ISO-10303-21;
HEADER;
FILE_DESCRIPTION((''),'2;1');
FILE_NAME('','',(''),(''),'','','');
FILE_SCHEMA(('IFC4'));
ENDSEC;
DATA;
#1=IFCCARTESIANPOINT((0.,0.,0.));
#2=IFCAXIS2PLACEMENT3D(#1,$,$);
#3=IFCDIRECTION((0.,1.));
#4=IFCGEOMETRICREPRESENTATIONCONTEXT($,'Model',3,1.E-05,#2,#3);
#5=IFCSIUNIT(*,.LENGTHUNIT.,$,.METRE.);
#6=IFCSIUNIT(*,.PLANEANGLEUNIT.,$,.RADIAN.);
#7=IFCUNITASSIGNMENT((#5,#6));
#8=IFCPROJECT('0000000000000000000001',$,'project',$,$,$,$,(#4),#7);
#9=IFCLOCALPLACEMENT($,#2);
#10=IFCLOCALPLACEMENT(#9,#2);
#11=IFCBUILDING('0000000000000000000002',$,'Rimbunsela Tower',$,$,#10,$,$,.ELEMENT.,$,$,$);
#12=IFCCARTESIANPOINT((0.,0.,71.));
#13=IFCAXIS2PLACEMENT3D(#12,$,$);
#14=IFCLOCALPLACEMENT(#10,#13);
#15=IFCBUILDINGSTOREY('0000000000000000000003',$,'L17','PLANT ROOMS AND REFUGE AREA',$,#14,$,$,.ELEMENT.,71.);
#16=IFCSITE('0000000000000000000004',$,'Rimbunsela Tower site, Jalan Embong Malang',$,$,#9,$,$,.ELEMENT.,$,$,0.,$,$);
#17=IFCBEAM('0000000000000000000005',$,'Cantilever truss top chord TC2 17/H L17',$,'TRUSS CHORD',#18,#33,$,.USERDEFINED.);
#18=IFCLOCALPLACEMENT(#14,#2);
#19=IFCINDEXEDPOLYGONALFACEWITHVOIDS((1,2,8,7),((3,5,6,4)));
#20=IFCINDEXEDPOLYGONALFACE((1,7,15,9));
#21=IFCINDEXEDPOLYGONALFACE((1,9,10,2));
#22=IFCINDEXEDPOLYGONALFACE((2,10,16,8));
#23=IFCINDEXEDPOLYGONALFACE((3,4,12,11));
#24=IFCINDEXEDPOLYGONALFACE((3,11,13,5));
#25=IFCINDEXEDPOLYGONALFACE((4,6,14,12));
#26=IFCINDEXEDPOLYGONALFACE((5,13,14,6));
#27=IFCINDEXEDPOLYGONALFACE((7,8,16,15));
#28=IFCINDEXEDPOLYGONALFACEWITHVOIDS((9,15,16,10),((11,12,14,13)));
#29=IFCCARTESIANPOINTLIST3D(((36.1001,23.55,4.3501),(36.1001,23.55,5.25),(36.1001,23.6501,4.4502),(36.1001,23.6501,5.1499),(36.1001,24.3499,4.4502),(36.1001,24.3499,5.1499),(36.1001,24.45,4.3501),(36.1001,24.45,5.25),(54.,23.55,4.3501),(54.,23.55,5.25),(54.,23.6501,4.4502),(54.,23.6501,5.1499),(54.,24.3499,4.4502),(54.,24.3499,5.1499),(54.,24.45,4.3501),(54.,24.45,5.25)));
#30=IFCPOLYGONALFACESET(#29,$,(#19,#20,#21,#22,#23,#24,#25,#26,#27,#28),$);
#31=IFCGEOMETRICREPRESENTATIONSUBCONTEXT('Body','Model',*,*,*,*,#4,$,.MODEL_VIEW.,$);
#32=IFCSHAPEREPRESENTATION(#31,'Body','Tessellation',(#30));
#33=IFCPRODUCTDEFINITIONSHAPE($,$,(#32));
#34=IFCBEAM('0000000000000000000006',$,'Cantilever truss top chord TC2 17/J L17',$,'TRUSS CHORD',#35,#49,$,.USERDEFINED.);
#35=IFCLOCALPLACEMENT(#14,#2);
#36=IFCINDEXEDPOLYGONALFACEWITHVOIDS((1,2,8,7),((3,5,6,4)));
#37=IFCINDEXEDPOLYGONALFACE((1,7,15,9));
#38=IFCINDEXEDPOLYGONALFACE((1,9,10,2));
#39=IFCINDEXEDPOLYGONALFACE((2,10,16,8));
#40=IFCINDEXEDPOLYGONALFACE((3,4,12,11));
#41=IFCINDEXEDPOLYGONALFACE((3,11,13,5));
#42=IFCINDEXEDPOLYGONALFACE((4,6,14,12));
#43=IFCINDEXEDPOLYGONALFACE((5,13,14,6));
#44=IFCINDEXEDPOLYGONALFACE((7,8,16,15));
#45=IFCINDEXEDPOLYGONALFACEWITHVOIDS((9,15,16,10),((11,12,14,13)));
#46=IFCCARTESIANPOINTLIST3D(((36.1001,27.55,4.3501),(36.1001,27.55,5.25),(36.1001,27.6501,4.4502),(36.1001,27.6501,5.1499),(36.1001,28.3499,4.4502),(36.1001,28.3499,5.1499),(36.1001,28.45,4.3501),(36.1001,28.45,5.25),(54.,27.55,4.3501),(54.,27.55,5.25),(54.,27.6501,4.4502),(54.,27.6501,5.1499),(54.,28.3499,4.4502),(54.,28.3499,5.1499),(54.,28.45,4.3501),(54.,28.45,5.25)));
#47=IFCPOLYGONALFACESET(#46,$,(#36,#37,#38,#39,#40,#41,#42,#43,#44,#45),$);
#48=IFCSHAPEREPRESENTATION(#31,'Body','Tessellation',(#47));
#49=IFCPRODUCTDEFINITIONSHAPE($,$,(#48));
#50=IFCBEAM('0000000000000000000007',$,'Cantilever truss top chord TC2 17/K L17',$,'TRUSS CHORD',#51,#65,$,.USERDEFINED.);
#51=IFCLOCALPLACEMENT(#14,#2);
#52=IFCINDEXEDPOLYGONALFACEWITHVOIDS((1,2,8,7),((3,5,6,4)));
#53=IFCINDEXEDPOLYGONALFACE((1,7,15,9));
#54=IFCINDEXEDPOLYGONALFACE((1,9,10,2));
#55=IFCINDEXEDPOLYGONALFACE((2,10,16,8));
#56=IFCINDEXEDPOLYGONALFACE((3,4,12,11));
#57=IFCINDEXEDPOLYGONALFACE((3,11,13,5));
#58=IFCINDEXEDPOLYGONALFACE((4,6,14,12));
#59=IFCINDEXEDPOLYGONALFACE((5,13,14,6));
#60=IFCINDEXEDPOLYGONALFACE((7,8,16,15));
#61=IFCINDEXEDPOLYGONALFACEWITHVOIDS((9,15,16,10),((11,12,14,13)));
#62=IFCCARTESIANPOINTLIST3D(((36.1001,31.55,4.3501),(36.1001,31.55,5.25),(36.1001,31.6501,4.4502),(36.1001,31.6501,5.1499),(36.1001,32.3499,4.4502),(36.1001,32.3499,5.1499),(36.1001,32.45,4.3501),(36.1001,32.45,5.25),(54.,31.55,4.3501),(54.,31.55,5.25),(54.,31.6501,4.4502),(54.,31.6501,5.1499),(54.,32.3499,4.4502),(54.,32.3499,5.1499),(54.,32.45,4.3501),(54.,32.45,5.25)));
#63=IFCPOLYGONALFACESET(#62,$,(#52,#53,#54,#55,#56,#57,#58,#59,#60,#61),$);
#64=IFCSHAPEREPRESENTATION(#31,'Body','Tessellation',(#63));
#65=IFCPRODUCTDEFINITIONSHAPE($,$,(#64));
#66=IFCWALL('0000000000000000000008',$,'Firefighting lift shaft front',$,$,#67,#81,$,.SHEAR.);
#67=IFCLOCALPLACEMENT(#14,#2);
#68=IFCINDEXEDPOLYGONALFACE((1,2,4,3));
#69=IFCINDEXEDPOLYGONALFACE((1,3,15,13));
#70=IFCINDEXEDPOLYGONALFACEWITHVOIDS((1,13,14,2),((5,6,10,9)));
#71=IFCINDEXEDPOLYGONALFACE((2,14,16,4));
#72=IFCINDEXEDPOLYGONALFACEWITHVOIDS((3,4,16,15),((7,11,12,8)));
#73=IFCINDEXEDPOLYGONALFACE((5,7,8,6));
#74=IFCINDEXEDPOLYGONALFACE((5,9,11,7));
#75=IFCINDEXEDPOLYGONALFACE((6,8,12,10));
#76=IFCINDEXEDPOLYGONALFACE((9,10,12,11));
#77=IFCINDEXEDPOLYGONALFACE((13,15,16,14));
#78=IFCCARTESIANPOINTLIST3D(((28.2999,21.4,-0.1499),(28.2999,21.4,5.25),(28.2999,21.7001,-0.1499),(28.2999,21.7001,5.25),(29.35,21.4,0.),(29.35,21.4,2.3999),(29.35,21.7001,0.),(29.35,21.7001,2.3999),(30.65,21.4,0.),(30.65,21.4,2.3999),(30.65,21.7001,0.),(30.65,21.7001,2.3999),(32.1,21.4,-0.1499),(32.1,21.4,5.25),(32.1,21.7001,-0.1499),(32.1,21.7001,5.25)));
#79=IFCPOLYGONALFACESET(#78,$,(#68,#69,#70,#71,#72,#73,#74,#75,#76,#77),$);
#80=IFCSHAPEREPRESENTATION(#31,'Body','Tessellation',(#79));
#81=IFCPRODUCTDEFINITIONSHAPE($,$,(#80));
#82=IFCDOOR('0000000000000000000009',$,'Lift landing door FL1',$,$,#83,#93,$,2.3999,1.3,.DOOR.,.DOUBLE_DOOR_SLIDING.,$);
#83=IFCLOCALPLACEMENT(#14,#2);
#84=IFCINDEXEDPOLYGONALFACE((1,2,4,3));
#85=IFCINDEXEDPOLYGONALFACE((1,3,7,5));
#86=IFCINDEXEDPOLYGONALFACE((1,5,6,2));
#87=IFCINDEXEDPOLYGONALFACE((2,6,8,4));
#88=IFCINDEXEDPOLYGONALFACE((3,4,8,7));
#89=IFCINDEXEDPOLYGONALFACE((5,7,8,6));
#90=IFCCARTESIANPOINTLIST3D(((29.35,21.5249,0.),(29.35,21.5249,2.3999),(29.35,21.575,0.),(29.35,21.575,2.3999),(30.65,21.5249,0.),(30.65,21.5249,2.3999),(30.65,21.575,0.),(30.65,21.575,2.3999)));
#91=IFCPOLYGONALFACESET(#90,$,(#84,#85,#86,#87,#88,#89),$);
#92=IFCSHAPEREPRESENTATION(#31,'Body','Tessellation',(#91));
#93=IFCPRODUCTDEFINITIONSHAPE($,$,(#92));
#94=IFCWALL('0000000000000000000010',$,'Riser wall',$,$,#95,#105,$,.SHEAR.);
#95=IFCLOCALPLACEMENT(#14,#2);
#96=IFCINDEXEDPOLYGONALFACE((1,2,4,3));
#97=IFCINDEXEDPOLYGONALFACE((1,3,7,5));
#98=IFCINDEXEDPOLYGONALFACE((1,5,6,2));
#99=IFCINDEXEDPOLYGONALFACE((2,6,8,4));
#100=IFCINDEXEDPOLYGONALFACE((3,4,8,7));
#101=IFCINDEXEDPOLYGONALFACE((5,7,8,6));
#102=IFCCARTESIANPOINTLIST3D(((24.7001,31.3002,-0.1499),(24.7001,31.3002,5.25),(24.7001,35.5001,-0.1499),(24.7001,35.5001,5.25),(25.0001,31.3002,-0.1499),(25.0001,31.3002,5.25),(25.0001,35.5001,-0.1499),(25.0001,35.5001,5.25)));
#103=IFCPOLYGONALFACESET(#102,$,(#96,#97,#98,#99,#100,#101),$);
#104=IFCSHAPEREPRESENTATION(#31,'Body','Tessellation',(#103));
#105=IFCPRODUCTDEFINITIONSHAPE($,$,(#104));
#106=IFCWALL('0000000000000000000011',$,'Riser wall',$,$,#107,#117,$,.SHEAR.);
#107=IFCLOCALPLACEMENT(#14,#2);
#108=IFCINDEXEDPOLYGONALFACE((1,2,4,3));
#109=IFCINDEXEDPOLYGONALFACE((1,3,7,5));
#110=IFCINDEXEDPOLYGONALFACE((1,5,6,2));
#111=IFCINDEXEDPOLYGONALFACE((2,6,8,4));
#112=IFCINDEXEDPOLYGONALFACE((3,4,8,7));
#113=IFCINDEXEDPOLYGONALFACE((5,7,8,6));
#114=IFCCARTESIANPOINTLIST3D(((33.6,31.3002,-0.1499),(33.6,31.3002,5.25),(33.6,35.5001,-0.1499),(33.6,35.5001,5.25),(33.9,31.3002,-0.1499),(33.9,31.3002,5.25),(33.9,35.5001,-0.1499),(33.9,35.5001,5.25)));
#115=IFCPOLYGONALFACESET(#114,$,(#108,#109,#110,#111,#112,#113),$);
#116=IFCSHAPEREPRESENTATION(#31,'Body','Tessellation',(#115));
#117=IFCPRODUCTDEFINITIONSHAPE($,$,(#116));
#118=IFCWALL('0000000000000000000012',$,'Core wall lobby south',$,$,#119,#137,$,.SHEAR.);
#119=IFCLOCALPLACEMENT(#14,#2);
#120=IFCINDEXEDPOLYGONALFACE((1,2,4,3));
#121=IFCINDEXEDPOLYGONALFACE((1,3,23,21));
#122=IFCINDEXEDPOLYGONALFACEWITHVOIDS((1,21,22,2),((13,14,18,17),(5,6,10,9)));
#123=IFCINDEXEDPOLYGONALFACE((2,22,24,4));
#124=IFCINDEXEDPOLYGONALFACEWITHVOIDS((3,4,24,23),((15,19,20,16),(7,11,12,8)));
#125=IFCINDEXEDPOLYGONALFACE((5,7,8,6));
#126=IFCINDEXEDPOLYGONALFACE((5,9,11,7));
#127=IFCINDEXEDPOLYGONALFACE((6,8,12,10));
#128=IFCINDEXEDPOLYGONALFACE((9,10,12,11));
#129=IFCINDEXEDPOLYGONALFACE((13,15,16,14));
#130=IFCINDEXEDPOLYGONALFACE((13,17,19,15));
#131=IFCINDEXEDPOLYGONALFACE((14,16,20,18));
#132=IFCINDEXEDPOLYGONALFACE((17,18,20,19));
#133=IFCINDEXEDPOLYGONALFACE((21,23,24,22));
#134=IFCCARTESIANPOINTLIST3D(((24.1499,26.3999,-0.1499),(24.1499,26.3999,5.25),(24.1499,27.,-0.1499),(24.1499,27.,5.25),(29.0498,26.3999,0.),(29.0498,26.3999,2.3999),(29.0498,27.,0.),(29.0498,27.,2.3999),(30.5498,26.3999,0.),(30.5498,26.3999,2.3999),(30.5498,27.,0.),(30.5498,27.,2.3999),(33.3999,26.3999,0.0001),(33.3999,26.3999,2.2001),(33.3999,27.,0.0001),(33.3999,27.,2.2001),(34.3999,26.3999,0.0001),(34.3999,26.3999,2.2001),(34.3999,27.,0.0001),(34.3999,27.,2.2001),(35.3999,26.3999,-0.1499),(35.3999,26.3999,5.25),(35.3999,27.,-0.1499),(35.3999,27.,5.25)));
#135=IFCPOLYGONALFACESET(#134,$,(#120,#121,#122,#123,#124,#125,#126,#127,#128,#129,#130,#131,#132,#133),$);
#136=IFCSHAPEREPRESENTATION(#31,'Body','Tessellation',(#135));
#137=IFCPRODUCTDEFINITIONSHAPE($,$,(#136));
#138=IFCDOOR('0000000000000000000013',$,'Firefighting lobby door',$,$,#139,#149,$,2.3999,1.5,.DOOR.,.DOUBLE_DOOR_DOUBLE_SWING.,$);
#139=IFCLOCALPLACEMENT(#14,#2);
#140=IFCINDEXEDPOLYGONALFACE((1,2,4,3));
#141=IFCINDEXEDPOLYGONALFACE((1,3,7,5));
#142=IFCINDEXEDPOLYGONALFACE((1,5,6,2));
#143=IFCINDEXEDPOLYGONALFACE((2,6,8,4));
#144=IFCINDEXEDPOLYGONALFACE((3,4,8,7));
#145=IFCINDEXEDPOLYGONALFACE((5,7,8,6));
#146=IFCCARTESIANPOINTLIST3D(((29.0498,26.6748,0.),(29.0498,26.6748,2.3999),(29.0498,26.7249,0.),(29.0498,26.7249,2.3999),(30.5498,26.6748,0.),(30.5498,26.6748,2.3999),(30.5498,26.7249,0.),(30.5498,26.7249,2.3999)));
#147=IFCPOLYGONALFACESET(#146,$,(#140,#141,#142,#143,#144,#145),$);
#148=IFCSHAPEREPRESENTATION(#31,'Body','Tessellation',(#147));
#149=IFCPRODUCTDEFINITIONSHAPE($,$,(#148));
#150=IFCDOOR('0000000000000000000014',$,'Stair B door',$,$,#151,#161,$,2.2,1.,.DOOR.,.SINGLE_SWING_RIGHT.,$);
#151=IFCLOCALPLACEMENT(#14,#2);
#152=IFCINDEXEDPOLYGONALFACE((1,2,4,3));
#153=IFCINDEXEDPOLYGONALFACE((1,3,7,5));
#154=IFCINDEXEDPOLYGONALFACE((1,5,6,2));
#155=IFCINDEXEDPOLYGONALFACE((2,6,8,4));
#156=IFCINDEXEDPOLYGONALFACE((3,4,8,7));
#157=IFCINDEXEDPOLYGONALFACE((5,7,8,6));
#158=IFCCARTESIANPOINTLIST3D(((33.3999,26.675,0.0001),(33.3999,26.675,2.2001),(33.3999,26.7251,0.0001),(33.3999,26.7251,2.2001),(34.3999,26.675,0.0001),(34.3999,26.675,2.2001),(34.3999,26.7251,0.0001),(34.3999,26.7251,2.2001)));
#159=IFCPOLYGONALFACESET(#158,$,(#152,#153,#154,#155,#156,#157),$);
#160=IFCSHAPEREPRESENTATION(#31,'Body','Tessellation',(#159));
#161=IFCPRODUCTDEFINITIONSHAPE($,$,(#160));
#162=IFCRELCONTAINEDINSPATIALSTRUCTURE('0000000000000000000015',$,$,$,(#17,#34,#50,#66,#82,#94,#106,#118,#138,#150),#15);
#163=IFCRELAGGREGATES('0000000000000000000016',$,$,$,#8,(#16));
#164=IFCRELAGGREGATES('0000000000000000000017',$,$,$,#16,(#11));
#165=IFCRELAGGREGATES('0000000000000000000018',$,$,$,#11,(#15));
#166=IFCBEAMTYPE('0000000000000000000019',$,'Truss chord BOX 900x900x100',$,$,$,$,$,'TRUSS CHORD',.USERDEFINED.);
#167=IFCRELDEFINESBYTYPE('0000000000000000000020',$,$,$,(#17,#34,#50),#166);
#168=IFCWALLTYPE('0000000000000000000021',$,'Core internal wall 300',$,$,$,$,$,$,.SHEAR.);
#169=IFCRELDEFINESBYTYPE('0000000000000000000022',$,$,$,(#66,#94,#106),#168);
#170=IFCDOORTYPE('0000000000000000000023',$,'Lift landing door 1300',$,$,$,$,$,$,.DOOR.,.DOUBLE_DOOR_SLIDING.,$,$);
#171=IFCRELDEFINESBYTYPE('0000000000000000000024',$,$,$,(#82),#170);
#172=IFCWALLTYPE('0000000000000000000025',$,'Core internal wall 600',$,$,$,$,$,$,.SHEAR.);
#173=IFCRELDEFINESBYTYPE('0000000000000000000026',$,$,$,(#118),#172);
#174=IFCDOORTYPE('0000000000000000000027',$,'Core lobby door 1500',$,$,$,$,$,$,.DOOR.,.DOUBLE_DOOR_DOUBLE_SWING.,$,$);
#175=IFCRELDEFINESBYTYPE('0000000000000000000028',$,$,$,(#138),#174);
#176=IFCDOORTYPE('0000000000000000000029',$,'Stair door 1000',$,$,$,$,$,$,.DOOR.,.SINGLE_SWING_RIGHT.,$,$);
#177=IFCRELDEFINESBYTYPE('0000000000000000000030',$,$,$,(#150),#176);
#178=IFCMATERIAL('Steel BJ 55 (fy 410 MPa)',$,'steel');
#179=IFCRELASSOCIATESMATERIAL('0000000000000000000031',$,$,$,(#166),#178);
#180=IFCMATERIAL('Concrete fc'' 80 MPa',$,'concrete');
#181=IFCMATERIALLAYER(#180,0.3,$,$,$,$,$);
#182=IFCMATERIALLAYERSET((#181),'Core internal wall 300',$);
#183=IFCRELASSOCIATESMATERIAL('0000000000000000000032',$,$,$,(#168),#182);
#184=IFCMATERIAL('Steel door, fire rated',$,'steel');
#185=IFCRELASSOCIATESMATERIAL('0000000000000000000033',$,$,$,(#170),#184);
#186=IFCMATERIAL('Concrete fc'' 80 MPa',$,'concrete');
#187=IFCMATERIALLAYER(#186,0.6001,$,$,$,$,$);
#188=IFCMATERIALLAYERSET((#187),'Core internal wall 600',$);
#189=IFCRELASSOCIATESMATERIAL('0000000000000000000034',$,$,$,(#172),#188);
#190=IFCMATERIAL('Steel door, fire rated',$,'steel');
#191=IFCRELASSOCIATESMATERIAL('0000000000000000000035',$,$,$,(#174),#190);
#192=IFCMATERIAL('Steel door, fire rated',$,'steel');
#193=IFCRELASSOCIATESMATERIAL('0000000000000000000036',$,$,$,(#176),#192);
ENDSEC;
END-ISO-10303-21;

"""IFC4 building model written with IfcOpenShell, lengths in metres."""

from ifc_helpers import new_model, si_unit, direction, frame, frame_2d, origin, origin_2d, place, context, subcontext, project, spatial, rectangle, hollow_rectangle, extrude, material, layer, layer_set, material_profile, profile_set, type_object, element, fill, save


model = new_model("IFC4")

# Units and contexts
model_context = context("Model", 3, precision=1e-05, world=origin(), true_north=direction((0.0, 1.0)))
body_context = subcontext(model_context, "Body", "Model", "MODEL_VIEW")
ifc_project = project(units=[si_unit("LENGTHUNIT", "METRE"), si_unit("PLANEANGLEUNIT", "RADIAN")], contexts=[model_context])

# Site, building, storey
site_placement = place(None, origin())
site = spatial("IfcSite", under=ifc_project, at=site_placement, Name="Rimbunsela Tower site, Jalan Embong Malang", CompositionType="ELEMENT", RefElevation=0.0)
building_placement = place(site_placement, origin())
building = spatial("IfcBuilding", under=site, at=building_placement, Name="Rimbunsela Tower", CompositionType="ELEMENT")
storey_placement = place(building_placement, frame((0.0, 0.0, 71.0)))
storey = spatial("IfcBuildingStorey", under=building, at=storey_placement, Name="L17", Description="PLANT ROOMS AND REFUGE AREA", CompositionType="ELEMENT", Elevation=71.0)

# Beams
ifc_material_1 = material(Name="Steel BJ 55 (fy 410 MPa)", Category="steel")
ifc_material_profile = material_profile(ifc_material_1, hollow_rectangle(XDim=0.8999, YDim=0.8999, WallThickness=0.1001, at=origin_2d()), Name="BOX 900x900x100")
ifc_profile_set = profile_set([ifc_material_profile], Name="Steel BJ 55 (fy 410 MPa)")
beam_type = type_object("IfcBeamType", Name="Truss chord BOX 900x900x100", ElementType="TRUSS CHORD", PredefinedType="USERDEFINED", material=ifc_profile_set)
for number, where, z_axis, x_axis, name in (
    (1, (36.1001, 24.0, 4.8), (1.0, 0.0, 0.0), (0.0, 1.0, 0.0), "Cantilever truss top chord TC2 17/H L17"),
    (2, (36.1001, 28.0, 4.8), (1.0, 0.0, 0.0), (0.0, 1.0, 0.0), "Cantilever truss top chord TC2 17/J L17"),
    (3, (36.1001, 32.0, 4.8), (1.0, 0.0, 0.0), (0.0, 1.0, 0.0), "Cantilever truss top chord TC2 17/K L17"),
):
    element("IfcBeam", number, at=place(storey_placement, frame(where, z_axis=z_axis, x_axis=x_axis)), inside=storey, type_object=beam_type, Name=name, ObjectType="TRUSS CHORD", PredefinedType="USERDEFINED", context=body_context, shape_type="SweptSolid", body=[
        extrude(hollow_rectangle(XDim=0.8999, YDim=0.8999, WallThickness=0.1001, at=origin_2d()), origin(), (0.0, 0.0, 1.0), 17.8999),
    ])

# Wall, opening, door
ifc_material_2 = material(Name="Concrete fc' 80 MPa", Category="concrete")
ifc_layer_1 = layer(ifc_material_2, 0.3)
ifc_layer_set_1 = layer_set([ifc_layer_1], Name="Core internal wall 300")
wall_type_1 = type_object("IfcWallType", Name="Core internal wall 300", PredefinedType="SHEAR", material=ifc_layer_set_1)
wall_1_placement = place(storey_placement, frame((28.3, 21.55, -0.1499), z_axis=(0.0, 0.0, 1.0), x_axis=(1.0, 0.0, 0.0)))
wall_1 = element("IfcWall", 4, at=wall_1_placement, inside=storey, type_object=wall_type_1, Name="Firefighting lift shaft front", PredefinedType="SHEAR", context=body_context, shape_type="SweptSolid", body=[
    extrude(rectangle(XDim=3.8, YDim=0.3, at=frame_2d((1.8999, 0.0))), origin(), (0.0, 0.0, 1.0), 5.3999),
])
opening_1_placement = place(wall_1_placement, frame((1.05, 0.0, 0.1499)))
opening_1 = element("IfcOpeningElement", 5, at=opening_1_placement, cuts=wall_1, PredefinedType="OPENING", context=body_context, shape_type="SweptSolid", body=[
    extrude(rectangle(XDim=1.3, YDim=2.3999, at=frame_2d((0.6499, 1.2))), frame((0.0, 0.1599, 0.0), z_axis=(0.0, -1.0, 0.0), x_axis=(1.0, 0.0, 0.0)), (0.0, 0.0, 1.0), 0.3201),
])
ifc_material_3 = material(Name="Steel door, fire rated", Category="steel")
door_type_1 = type_object("IfcDoorType", Name="Lift landing door 1300", OperationType="DOUBLE_DOOR_SLIDING", PredefinedType="DOOR", material=ifc_material_3)
door_1_placement = place(opening_1_placement, origin())
door_1 = element("IfcDoor", 6, at=door_1_placement, inside=storey, type_object=door_type_1, Name="Lift landing door FL1", OperationType="DOUBLE_DOOR_SLIDING", OverallHeight=2.3999, OverallWidth=1.3, PredefinedType="DOOR", context=body_context, shape_type="SweptSolid", body=[
    extrude(rectangle(XDim=1.3, YDim=2.3999, at=frame_2d((0.6499, 1.2))), frame((0.0, 0.0249, 0.0), z_axis=(0.0, -1.0, 0.0), x_axis=(1.0, 0.0, 0.0)), (0.0, 0.0, 1.0), 0.05),
])
fill(opening_1, door_1)

# Walls
for number, where, z_axis, x_axis, name in (
    (7, (24.8501, 31.3, -0.1499), (0.0, 0.0, 1.0), (0.0, 1.0, 0.0), "Riser wall"),
    (8, (33.75, 31.3, -0.1499), (0.0, 0.0, 1.0), (0.0, 1.0, 0.0), "Riser wall"),
):
    element("IfcWall", number, at=place(storey_placement, frame(where, z_axis=z_axis, x_axis=x_axis)), inside=storey, type_object=wall_type_1, Name=name, PredefinedType="SHEAR", context=body_context, shape_type="SweptSolid", body=[
        extrude(rectangle(XDim=4.2, YDim=0.3, at=frame_2d((2.1001, 0.0))), origin(), (0.0, 0.0, 1.0), 5.3999),
    ])

# Wall, openings, doors
ifc_material_4 = material(Name="Concrete fc' 80 MPa", Category="concrete")
ifc_layer_2 = layer(ifc_material_4, 0.6001)
ifc_layer_set_2 = layer_set([ifc_layer_2], Name="Core internal wall 600")
wall_type_2 = type_object("IfcWallType", Name="Core internal wall 600", PredefinedType="SHEAR", material=ifc_layer_set_2)
wall_2_placement = place(storey_placement, frame((24.1499, 26.7, -0.1499), z_axis=(0.0, 0.0, 1.0), x_axis=(1.0, 0.0, 0.0)))
wall_2 = element("IfcWall", 9, at=wall_2_placement, inside=storey, type_object=wall_type_2, Name="Core wall lobby south", PredefinedType="SHEAR", context=body_context, shape_type="SweptSolid", body=[
    extrude(rectangle(XDim=11.25, YDim=0.6001, at=frame_2d((5.625, 0.0))), origin(), (0.0, 0.0, 1.0), 5.3999),
])
opening_2_placement = place(wall_2_placement, frame((9.25, 0.0, 0.1499)))
opening_2 = element("IfcOpeningElement", 10, at=opening_2_placement, cuts=wall_2, PredefinedType="OPENING", context=body_context, shape_type="SweptSolid", body=[
    extrude(rectangle(XDim=1.0, YDim=2.2, at=frame_2d((0.5, 1.1001))), frame((0.0, 0.3101, 0.0), z_axis=(0.0, -1.0, 0.0), x_axis=(1.0, 0.0, 0.0)), (0.0, 0.0, 1.0), 0.6201),
])
opening_3_placement = place(wall_2_placement, frame((4.8999, 0.0, 0.1499)))
opening_3 = element("IfcOpeningElement", 11, at=opening_3_placement, cuts=wall_2, PredefinedType="OPENING", context=body_context, shape_type="SweptSolid", body=[
    extrude(rectangle(XDim=1.5, YDim=2.3999, at=frame_2d((0.75, 1.2))), frame((0.0, 0.3101, 0.0), z_axis=(0.0, -1.0, 0.0), x_axis=(1.0, 0.0, 0.0)), (0.0, 0.0, 1.0), 0.6201),
])
ifc_material_5 = material(Name="Steel door, fire rated", Category="steel")
door_type_2 = type_object("IfcDoorType", Name="Core lobby door 1500", OperationType="DOUBLE_DOOR_DOUBLE_SWING", PredefinedType="DOOR", material=ifc_material_5)
door_2_placement = place(opening_3_placement, origin())
door_2 = element("IfcDoor", 12, at=door_2_placement, inside=storey, type_object=door_type_2, Name="Firefighting lobby door", OperationType="DOUBLE_DOOR_DOUBLE_SWING", OverallHeight=2.3999, OverallWidth=1.5, PredefinedType="DOOR", context=body_context, shape_type="SweptSolid", body=[
    extrude(rectangle(XDim=1.5, YDim=2.3999, at=frame_2d((0.75, 1.2))), frame((0.0, 0.0249, 0.0), z_axis=(0.0, -1.0, 0.0), x_axis=(1.0, 0.0, 0.0)), (0.0, 0.0, 1.0), 0.05),
])
fill(opening_3, door_2)
ifc_material_6 = material(Name="Steel door, fire rated", Category="steel")
door_type_3 = type_object("IfcDoorType", Name="Stair door 1000", OperationType="SINGLE_SWING_RIGHT", PredefinedType="DOOR", material=ifc_material_6)
door_3_placement = place(opening_2_placement, frame((1.0, 0.0, 0.0), z_axis=(0.0, 0.0, 1.0), x_axis=(-1.0, 0.0, 0.0)))
door_3 = element("IfcDoor", 13, at=door_3_placement, inside=storey, type_object=door_type_3, Name="Stair B door", OperationType="SINGLE_SWING_RIGHT", OverallHeight=2.2, OverallWidth=1.0, PredefinedType="DOOR", context=body_context, shape_type="SweptSolid", body=[
    extrude(rectangle(XDim=1.0, YDim=2.2, at=frame_2d((0.5, 1.1001))), frame((0.0, 0.0249, 0.0), z_axis=(0.0, -1.0, 0.0), x_axis=(1.0, 0.0, 0.0)), (0.0, 0.0, 1.0), 0.05),
])
fill(opening_2, door_3)

save(model, "model.ifc")
